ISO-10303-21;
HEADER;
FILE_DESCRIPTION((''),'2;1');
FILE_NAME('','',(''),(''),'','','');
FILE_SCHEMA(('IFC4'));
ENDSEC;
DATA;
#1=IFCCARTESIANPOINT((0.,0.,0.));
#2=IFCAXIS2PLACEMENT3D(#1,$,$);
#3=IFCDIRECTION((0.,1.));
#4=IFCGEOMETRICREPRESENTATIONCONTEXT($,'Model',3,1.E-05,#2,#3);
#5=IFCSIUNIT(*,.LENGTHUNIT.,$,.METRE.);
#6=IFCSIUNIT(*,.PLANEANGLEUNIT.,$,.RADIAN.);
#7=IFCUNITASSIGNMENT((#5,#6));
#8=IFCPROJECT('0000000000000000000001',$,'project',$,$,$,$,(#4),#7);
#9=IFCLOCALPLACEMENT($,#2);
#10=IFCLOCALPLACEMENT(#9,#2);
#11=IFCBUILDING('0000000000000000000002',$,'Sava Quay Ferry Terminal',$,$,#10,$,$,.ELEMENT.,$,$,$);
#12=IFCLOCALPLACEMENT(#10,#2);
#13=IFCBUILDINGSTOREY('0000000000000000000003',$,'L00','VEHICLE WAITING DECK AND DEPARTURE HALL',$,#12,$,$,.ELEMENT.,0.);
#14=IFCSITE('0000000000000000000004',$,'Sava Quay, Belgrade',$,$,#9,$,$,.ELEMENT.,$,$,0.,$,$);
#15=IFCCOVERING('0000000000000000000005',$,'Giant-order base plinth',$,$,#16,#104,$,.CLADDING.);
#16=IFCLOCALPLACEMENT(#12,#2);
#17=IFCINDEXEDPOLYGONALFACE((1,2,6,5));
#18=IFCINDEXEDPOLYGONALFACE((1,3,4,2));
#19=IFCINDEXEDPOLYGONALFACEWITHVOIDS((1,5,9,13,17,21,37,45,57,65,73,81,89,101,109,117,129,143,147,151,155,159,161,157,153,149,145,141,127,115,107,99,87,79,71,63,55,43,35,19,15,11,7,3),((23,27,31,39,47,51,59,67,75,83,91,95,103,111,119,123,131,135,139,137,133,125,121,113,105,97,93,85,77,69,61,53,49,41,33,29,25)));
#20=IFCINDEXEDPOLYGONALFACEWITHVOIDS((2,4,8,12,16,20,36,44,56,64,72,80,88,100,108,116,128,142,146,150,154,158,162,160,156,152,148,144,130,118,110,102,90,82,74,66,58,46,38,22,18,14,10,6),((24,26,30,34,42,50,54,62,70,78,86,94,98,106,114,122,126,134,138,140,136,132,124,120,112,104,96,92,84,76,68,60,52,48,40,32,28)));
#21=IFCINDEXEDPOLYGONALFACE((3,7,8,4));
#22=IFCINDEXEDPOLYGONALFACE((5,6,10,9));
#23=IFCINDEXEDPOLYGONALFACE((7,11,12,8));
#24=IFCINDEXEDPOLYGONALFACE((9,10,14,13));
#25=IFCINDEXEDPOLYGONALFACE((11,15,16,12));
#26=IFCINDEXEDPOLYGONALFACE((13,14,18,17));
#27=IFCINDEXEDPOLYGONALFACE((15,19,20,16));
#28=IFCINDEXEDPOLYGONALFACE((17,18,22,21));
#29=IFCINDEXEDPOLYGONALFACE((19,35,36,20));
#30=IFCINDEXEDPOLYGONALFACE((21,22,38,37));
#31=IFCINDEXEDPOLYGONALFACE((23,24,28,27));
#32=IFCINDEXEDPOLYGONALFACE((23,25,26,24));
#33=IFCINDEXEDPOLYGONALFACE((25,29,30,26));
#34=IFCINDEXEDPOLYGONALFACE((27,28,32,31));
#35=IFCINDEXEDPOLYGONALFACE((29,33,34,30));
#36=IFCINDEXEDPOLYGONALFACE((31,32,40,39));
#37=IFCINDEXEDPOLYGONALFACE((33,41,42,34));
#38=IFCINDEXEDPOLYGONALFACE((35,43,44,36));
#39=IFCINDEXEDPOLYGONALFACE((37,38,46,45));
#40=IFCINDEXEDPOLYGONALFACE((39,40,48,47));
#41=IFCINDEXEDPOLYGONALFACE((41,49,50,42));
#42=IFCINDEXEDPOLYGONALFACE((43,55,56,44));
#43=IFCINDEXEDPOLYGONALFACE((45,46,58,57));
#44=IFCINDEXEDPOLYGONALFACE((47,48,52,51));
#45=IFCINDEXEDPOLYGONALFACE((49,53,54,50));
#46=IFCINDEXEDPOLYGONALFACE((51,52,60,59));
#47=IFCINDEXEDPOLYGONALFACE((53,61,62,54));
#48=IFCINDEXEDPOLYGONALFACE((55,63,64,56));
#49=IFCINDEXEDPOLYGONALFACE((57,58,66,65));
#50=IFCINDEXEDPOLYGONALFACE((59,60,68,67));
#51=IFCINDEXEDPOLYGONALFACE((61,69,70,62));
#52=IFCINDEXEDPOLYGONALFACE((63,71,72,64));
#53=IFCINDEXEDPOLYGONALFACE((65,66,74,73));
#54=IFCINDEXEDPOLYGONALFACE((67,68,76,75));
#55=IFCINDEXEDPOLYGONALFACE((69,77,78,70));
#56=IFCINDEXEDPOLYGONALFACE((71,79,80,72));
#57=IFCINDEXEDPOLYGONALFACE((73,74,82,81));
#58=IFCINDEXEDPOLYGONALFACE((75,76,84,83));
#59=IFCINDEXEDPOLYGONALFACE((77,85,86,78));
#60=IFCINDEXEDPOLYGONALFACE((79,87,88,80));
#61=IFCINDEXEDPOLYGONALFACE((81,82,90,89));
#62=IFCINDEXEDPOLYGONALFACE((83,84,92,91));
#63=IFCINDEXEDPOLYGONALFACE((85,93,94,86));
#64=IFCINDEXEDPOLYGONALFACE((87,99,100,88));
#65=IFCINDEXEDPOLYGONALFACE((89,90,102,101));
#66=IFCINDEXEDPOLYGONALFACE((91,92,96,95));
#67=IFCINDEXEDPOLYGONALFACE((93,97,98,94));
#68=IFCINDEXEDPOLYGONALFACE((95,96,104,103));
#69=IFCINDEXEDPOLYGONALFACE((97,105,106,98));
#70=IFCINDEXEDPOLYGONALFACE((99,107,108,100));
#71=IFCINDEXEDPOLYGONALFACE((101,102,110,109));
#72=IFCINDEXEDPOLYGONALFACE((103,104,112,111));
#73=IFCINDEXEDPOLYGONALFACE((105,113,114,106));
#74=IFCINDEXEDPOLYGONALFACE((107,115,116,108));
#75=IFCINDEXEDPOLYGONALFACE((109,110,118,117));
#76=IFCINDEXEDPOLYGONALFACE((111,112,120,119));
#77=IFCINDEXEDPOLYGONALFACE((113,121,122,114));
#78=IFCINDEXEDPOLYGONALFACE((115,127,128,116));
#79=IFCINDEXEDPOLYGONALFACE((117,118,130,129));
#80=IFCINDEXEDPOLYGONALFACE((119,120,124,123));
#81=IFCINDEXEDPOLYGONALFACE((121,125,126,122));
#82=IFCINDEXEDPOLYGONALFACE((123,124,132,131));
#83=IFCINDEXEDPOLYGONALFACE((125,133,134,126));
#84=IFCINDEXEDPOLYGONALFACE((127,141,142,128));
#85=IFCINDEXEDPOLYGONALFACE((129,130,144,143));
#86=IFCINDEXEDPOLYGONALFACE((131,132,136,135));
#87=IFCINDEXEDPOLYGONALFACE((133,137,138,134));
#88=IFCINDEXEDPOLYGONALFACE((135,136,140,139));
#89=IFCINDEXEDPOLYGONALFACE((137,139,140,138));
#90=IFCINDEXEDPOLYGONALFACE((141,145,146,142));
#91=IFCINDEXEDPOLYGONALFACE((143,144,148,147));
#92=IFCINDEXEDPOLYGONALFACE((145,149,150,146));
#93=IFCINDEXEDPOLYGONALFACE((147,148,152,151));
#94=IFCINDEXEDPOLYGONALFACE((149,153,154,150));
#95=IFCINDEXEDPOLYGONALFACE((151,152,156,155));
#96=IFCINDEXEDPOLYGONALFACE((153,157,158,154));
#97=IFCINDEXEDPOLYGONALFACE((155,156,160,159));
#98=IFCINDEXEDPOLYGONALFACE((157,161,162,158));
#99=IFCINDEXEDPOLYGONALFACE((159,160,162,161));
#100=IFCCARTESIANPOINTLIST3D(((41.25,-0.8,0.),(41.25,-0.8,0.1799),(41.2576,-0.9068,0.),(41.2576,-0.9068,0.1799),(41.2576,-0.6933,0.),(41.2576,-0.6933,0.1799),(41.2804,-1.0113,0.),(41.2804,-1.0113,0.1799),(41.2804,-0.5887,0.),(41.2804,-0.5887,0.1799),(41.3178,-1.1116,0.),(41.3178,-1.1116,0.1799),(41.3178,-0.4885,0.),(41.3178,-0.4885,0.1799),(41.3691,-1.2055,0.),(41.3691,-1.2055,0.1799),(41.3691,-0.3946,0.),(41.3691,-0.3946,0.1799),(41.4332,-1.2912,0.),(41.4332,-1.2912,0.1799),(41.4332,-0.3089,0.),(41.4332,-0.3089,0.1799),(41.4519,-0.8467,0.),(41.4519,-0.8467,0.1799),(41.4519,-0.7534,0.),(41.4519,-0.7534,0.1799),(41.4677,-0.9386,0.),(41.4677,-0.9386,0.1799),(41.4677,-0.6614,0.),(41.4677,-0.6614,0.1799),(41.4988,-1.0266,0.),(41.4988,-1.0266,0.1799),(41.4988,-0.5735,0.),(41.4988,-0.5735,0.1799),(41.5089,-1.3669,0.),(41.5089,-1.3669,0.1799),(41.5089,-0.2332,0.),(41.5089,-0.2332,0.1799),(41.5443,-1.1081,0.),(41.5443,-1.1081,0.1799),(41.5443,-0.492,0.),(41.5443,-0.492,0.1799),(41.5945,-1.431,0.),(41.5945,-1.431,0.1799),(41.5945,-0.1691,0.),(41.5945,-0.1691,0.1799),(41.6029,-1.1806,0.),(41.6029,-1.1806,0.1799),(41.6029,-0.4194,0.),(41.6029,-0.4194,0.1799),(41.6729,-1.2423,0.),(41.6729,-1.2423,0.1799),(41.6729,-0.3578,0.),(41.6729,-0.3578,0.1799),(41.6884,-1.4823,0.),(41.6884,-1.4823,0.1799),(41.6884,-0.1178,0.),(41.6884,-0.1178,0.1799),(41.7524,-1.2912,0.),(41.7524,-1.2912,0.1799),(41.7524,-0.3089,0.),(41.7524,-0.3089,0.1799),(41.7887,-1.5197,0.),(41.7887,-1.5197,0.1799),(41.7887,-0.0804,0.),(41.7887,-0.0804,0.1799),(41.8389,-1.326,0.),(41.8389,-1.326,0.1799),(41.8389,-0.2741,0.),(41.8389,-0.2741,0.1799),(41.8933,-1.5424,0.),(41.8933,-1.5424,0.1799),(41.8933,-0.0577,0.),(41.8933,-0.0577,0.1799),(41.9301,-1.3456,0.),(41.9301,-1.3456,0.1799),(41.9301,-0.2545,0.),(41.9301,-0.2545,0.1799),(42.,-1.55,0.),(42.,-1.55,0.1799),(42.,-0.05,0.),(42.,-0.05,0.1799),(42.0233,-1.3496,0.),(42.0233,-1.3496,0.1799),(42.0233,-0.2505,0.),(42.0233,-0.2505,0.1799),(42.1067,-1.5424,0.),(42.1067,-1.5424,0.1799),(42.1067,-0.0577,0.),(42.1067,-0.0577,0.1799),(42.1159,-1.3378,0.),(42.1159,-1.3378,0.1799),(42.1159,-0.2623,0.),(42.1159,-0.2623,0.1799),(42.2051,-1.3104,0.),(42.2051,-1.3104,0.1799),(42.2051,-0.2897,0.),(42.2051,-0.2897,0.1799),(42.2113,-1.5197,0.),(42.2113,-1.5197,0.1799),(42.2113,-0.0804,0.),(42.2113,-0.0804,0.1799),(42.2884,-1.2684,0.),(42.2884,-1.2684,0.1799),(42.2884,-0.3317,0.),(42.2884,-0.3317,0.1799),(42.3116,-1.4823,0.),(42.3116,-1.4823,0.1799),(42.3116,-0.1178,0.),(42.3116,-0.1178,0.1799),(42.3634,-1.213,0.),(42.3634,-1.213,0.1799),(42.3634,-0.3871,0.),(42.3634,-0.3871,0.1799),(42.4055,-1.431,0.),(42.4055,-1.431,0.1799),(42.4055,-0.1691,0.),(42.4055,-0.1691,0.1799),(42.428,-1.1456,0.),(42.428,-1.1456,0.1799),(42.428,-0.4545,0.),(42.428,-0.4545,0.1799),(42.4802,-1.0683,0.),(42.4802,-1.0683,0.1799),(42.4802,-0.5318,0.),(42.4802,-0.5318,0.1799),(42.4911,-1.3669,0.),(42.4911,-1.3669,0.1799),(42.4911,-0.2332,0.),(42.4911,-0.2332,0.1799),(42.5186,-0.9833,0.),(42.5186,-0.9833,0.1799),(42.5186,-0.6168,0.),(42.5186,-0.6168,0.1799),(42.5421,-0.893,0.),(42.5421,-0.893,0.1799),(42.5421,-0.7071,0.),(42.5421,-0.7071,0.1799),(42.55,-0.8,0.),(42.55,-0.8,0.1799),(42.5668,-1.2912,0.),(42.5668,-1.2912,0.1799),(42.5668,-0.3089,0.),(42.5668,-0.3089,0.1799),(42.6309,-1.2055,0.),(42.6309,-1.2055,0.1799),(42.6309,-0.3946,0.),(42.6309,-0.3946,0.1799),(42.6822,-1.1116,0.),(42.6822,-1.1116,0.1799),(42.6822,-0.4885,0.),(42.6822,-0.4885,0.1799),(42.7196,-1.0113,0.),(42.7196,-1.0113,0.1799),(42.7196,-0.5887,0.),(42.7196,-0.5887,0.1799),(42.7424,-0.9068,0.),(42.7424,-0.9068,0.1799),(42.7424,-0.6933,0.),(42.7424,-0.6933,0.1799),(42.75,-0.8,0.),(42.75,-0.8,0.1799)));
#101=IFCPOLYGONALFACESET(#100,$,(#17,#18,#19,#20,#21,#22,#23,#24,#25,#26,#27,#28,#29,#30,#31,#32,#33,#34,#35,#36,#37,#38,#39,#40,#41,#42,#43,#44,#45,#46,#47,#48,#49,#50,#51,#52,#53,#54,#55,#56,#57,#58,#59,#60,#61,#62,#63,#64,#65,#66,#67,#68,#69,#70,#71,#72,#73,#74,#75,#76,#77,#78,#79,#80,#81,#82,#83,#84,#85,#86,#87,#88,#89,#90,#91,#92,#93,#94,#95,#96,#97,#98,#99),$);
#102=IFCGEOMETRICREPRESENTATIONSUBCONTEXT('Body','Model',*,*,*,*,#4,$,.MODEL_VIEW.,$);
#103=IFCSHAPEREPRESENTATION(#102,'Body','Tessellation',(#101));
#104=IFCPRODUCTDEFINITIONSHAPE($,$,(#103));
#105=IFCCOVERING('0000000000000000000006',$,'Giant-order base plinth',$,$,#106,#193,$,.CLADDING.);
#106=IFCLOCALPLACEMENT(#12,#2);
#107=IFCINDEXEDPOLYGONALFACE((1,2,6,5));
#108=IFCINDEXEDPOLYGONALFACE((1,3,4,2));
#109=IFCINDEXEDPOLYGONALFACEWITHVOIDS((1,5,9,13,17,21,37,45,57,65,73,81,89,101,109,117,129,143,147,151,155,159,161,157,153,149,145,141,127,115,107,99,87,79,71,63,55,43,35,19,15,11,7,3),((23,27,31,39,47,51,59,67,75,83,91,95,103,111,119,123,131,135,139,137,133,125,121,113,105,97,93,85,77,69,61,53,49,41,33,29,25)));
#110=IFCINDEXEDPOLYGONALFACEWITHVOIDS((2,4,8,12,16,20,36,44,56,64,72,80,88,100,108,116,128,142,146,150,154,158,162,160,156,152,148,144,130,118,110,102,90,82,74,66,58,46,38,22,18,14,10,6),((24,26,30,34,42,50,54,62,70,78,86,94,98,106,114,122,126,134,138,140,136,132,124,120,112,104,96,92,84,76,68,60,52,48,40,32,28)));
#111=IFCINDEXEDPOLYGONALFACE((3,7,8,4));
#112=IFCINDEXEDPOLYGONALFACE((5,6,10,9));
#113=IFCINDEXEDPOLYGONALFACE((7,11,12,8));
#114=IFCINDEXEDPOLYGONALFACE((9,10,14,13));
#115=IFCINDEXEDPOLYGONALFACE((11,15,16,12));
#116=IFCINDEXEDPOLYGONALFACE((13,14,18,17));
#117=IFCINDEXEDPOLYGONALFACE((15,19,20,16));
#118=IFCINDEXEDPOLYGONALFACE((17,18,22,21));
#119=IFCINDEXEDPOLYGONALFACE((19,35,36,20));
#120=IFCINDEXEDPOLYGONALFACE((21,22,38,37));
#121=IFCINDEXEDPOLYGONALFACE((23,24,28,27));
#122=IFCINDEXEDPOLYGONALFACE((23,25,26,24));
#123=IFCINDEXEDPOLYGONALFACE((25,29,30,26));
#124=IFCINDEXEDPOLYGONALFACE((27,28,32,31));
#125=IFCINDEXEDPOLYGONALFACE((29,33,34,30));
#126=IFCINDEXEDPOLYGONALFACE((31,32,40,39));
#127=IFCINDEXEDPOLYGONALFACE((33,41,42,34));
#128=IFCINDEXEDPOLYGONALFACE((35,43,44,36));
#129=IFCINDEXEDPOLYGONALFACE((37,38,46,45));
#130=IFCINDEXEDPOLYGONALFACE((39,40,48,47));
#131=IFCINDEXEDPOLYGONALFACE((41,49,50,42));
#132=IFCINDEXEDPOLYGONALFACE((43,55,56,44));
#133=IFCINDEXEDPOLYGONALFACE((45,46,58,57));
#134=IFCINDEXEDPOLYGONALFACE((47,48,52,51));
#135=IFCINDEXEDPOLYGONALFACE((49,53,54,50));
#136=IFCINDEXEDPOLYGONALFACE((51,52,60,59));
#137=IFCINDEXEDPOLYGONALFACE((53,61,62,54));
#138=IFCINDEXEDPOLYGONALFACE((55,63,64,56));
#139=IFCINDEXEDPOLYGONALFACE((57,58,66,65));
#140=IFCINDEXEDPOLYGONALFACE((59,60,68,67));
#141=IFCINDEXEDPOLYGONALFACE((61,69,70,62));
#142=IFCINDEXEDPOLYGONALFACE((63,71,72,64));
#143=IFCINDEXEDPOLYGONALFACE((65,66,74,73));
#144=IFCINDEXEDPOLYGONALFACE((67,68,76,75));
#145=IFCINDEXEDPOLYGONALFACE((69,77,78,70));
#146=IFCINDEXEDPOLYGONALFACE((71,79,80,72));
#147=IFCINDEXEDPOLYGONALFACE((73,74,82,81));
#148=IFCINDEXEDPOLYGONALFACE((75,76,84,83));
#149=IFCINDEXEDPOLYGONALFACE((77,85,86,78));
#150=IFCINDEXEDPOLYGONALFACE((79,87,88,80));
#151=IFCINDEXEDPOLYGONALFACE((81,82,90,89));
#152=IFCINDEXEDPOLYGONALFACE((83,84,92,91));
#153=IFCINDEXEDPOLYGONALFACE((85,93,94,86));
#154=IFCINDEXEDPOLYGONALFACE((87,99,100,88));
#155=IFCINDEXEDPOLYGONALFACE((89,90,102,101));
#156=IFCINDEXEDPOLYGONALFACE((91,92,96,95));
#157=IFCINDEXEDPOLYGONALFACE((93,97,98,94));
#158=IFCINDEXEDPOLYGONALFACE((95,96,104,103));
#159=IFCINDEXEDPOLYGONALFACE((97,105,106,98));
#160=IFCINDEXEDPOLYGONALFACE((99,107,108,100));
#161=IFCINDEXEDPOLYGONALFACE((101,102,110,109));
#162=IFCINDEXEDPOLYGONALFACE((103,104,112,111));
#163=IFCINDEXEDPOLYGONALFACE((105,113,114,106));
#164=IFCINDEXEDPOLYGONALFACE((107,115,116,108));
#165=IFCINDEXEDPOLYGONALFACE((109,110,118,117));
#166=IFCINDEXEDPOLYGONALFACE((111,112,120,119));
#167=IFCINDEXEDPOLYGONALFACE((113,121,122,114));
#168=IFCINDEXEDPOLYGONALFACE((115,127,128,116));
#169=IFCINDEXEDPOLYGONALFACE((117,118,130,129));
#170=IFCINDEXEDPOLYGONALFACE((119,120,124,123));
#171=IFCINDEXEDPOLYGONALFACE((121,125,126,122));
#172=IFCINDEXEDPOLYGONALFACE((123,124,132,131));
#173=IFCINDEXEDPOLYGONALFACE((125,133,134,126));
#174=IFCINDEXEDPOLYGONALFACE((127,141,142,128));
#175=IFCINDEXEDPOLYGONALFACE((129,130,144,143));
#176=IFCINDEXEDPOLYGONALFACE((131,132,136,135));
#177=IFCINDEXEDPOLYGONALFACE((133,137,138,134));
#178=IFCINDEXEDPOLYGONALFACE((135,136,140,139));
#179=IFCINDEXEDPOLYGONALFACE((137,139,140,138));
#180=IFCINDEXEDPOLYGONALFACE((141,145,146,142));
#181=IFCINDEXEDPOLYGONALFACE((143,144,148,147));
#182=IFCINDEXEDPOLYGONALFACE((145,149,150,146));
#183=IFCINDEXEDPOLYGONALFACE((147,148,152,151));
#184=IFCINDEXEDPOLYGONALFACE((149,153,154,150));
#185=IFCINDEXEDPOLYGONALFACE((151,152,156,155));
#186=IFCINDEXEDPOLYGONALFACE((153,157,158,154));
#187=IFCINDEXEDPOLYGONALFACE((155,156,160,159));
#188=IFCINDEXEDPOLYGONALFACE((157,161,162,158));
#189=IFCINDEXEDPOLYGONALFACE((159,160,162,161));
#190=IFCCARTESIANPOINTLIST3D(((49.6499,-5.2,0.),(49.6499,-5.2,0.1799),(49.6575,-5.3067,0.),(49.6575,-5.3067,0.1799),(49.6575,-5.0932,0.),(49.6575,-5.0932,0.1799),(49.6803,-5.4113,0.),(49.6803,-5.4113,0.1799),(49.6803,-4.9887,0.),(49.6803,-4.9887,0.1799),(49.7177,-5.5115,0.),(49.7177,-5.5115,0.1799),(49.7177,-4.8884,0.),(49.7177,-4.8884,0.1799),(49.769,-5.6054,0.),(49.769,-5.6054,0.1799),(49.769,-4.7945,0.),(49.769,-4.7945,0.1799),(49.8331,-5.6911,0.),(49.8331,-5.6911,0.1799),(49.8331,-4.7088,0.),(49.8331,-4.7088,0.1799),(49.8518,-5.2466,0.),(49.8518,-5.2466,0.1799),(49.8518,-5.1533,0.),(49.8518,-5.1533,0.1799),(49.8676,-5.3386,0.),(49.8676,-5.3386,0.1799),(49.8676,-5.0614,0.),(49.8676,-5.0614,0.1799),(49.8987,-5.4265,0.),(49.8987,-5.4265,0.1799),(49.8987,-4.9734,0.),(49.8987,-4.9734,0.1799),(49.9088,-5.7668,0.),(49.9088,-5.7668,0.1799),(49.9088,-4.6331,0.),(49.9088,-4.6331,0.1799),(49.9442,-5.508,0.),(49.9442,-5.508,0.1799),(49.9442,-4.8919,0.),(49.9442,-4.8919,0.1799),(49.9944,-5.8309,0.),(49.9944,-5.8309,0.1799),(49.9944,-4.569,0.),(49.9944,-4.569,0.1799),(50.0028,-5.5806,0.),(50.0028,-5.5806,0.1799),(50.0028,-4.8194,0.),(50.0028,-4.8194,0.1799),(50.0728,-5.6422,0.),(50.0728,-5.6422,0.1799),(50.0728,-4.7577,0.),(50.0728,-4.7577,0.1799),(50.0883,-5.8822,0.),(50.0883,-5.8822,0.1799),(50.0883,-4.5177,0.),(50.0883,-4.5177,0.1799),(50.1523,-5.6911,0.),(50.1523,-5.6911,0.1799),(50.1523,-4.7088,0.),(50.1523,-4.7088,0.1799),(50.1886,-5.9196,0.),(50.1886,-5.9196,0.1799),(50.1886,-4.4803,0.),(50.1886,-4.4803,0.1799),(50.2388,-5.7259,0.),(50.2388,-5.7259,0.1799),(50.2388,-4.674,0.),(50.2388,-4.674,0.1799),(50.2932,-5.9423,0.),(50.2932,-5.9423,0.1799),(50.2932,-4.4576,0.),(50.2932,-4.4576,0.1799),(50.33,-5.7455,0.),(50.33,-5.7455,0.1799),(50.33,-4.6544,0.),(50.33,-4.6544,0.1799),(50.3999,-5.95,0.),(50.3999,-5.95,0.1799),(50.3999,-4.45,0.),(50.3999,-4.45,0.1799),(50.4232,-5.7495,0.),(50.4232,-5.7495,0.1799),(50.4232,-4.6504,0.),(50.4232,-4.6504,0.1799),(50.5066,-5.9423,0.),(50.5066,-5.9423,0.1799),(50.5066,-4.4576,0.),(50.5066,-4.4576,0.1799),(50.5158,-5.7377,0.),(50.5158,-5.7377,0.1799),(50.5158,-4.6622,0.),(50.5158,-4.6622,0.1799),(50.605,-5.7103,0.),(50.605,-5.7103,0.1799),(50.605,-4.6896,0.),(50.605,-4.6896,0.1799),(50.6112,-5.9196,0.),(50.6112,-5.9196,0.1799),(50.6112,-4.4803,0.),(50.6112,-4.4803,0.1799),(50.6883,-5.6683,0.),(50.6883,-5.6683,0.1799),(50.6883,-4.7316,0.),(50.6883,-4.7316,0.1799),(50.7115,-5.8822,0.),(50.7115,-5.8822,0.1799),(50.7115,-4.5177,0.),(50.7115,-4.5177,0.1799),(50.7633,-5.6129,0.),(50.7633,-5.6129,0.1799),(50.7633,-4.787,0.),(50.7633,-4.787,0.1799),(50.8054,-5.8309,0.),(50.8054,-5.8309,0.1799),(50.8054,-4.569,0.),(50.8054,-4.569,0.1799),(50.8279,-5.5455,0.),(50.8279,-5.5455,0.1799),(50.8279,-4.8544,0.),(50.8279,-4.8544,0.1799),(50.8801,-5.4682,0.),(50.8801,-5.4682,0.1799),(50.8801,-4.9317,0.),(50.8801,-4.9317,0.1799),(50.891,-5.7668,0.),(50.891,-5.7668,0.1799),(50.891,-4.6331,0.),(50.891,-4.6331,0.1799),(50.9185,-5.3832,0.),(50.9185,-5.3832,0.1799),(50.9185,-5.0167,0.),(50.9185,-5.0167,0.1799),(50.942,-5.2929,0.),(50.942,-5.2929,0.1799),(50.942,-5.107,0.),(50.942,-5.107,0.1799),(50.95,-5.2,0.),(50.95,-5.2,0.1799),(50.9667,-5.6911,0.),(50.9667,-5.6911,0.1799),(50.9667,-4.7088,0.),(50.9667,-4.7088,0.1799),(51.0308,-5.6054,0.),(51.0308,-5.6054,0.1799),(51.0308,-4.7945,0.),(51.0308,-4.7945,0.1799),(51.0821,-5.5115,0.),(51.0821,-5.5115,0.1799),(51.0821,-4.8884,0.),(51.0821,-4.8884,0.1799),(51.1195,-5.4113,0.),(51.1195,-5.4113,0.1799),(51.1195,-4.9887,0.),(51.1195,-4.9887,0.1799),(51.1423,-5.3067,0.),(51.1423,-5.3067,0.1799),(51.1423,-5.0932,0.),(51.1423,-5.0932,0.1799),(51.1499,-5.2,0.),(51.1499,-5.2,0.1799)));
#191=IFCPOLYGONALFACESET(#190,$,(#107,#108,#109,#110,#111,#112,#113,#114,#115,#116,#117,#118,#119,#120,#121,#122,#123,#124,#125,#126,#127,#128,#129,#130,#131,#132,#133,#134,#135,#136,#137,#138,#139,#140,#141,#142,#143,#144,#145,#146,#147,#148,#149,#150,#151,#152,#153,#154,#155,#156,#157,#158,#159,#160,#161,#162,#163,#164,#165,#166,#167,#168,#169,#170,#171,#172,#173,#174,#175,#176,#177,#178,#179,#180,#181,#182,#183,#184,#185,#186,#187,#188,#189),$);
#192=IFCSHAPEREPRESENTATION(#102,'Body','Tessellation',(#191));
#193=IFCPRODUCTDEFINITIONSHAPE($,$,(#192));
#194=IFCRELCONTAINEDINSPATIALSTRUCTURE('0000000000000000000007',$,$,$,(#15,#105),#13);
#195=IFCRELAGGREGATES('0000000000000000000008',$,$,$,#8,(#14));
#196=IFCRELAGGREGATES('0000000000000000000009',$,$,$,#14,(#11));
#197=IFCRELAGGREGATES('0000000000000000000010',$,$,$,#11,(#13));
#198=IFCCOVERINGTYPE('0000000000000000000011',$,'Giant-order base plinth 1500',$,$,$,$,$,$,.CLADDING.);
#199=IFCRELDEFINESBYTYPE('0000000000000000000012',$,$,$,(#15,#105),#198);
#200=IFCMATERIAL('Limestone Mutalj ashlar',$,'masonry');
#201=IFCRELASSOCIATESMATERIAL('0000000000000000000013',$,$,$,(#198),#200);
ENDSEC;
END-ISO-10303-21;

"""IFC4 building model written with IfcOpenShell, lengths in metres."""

from ifc_helpers import new_model, si_unit, direction, frame, origin, origin_2d, place, context, subcontext, project, spatial, hollow_circle, extrude, material, material_profile, profile_set, type_object, element, save


model = new_model("IFC4")

# Units and contexts
model_context = context("Model", 3, precision=1e-05, world=origin(), true_north=direction((0.0, 1.0)))
body_context = subcontext(model_context, "Body", "Model", "MODEL_VIEW")
ifc_project = project(units=[si_unit("LENGTHUNIT", "METRE"), si_unit("PLANEANGLEUNIT", "RADIAN")], contexts=[model_context])

# Site, building, storey
site_placement = place(None, origin())
site = spatial("IfcSite", under=ifc_project, at=site_placement, Name="Sava Quay, Belgrade", CompositionType="ELEMENT", RefElevation=0.0)
building_placement = place(site_placement, origin())
building = spatial("IfcBuilding", under=site, at=building_placement, Name="Sava Quay Ferry Terminal", CompositionType="ELEMENT")
storey_placement = place(building_placement, origin())
storey = spatial("IfcBuildingStorey", under=building, at=storey_placement, Name="L00", Description="VEHICLE WAITING DECK AND DEPARTURE HALL", CompositionType="ELEMENT", Elevation=0.0)

# Coverings
ifc_material_1 = material(Name="Limestone Mutalj ashlar", Category="masonry")
ifc_material_profile_1 = material_profile(ifc_material_1, hollow_circle(Radius=0.75, WallThickness=0.2, at=origin_2d()), Name="Base plinth 1500")
ifc_profile_set_1 = profile_set([ifc_material_profile_1], Name="Limestone Mutalj ashlar")
covering_type_1 = type_object("IfcCoveringType", Name="Giant-order base plinth 1500", PredefinedType="CLADDING", material=ifc_profile_set_1)
for number, where, z_axis, x_axis, name in (
    (1, (42.0, -0.8, 0.0), (0.0, 0.0, 1.0), (1.0, 0.0, 0.0), "Giant-order base plinth"),
    (2, (50.3999, -5.2, 0.0), (0.0, 0.0, 1.0), (1.0, 0.0, 0.0), "Giant-order base plinth"),
):
    element("IfcCovering", number, at=place(storey_placement, frame(where, z_axis=z_axis, x_axis=x_axis)), inside=storey, type_object=covering_type_1, Name=name, PredefinedType="CLADDING", context=body_context, shape_type="SweptSolid", body=[
        extrude(hollow_circle(Radius=0.75, WallThickness=0.2, at=origin_2d()), origin(), (0.0, 0.0, 1.0), 0.1799),
    ])

save(model, "model.ifc")
